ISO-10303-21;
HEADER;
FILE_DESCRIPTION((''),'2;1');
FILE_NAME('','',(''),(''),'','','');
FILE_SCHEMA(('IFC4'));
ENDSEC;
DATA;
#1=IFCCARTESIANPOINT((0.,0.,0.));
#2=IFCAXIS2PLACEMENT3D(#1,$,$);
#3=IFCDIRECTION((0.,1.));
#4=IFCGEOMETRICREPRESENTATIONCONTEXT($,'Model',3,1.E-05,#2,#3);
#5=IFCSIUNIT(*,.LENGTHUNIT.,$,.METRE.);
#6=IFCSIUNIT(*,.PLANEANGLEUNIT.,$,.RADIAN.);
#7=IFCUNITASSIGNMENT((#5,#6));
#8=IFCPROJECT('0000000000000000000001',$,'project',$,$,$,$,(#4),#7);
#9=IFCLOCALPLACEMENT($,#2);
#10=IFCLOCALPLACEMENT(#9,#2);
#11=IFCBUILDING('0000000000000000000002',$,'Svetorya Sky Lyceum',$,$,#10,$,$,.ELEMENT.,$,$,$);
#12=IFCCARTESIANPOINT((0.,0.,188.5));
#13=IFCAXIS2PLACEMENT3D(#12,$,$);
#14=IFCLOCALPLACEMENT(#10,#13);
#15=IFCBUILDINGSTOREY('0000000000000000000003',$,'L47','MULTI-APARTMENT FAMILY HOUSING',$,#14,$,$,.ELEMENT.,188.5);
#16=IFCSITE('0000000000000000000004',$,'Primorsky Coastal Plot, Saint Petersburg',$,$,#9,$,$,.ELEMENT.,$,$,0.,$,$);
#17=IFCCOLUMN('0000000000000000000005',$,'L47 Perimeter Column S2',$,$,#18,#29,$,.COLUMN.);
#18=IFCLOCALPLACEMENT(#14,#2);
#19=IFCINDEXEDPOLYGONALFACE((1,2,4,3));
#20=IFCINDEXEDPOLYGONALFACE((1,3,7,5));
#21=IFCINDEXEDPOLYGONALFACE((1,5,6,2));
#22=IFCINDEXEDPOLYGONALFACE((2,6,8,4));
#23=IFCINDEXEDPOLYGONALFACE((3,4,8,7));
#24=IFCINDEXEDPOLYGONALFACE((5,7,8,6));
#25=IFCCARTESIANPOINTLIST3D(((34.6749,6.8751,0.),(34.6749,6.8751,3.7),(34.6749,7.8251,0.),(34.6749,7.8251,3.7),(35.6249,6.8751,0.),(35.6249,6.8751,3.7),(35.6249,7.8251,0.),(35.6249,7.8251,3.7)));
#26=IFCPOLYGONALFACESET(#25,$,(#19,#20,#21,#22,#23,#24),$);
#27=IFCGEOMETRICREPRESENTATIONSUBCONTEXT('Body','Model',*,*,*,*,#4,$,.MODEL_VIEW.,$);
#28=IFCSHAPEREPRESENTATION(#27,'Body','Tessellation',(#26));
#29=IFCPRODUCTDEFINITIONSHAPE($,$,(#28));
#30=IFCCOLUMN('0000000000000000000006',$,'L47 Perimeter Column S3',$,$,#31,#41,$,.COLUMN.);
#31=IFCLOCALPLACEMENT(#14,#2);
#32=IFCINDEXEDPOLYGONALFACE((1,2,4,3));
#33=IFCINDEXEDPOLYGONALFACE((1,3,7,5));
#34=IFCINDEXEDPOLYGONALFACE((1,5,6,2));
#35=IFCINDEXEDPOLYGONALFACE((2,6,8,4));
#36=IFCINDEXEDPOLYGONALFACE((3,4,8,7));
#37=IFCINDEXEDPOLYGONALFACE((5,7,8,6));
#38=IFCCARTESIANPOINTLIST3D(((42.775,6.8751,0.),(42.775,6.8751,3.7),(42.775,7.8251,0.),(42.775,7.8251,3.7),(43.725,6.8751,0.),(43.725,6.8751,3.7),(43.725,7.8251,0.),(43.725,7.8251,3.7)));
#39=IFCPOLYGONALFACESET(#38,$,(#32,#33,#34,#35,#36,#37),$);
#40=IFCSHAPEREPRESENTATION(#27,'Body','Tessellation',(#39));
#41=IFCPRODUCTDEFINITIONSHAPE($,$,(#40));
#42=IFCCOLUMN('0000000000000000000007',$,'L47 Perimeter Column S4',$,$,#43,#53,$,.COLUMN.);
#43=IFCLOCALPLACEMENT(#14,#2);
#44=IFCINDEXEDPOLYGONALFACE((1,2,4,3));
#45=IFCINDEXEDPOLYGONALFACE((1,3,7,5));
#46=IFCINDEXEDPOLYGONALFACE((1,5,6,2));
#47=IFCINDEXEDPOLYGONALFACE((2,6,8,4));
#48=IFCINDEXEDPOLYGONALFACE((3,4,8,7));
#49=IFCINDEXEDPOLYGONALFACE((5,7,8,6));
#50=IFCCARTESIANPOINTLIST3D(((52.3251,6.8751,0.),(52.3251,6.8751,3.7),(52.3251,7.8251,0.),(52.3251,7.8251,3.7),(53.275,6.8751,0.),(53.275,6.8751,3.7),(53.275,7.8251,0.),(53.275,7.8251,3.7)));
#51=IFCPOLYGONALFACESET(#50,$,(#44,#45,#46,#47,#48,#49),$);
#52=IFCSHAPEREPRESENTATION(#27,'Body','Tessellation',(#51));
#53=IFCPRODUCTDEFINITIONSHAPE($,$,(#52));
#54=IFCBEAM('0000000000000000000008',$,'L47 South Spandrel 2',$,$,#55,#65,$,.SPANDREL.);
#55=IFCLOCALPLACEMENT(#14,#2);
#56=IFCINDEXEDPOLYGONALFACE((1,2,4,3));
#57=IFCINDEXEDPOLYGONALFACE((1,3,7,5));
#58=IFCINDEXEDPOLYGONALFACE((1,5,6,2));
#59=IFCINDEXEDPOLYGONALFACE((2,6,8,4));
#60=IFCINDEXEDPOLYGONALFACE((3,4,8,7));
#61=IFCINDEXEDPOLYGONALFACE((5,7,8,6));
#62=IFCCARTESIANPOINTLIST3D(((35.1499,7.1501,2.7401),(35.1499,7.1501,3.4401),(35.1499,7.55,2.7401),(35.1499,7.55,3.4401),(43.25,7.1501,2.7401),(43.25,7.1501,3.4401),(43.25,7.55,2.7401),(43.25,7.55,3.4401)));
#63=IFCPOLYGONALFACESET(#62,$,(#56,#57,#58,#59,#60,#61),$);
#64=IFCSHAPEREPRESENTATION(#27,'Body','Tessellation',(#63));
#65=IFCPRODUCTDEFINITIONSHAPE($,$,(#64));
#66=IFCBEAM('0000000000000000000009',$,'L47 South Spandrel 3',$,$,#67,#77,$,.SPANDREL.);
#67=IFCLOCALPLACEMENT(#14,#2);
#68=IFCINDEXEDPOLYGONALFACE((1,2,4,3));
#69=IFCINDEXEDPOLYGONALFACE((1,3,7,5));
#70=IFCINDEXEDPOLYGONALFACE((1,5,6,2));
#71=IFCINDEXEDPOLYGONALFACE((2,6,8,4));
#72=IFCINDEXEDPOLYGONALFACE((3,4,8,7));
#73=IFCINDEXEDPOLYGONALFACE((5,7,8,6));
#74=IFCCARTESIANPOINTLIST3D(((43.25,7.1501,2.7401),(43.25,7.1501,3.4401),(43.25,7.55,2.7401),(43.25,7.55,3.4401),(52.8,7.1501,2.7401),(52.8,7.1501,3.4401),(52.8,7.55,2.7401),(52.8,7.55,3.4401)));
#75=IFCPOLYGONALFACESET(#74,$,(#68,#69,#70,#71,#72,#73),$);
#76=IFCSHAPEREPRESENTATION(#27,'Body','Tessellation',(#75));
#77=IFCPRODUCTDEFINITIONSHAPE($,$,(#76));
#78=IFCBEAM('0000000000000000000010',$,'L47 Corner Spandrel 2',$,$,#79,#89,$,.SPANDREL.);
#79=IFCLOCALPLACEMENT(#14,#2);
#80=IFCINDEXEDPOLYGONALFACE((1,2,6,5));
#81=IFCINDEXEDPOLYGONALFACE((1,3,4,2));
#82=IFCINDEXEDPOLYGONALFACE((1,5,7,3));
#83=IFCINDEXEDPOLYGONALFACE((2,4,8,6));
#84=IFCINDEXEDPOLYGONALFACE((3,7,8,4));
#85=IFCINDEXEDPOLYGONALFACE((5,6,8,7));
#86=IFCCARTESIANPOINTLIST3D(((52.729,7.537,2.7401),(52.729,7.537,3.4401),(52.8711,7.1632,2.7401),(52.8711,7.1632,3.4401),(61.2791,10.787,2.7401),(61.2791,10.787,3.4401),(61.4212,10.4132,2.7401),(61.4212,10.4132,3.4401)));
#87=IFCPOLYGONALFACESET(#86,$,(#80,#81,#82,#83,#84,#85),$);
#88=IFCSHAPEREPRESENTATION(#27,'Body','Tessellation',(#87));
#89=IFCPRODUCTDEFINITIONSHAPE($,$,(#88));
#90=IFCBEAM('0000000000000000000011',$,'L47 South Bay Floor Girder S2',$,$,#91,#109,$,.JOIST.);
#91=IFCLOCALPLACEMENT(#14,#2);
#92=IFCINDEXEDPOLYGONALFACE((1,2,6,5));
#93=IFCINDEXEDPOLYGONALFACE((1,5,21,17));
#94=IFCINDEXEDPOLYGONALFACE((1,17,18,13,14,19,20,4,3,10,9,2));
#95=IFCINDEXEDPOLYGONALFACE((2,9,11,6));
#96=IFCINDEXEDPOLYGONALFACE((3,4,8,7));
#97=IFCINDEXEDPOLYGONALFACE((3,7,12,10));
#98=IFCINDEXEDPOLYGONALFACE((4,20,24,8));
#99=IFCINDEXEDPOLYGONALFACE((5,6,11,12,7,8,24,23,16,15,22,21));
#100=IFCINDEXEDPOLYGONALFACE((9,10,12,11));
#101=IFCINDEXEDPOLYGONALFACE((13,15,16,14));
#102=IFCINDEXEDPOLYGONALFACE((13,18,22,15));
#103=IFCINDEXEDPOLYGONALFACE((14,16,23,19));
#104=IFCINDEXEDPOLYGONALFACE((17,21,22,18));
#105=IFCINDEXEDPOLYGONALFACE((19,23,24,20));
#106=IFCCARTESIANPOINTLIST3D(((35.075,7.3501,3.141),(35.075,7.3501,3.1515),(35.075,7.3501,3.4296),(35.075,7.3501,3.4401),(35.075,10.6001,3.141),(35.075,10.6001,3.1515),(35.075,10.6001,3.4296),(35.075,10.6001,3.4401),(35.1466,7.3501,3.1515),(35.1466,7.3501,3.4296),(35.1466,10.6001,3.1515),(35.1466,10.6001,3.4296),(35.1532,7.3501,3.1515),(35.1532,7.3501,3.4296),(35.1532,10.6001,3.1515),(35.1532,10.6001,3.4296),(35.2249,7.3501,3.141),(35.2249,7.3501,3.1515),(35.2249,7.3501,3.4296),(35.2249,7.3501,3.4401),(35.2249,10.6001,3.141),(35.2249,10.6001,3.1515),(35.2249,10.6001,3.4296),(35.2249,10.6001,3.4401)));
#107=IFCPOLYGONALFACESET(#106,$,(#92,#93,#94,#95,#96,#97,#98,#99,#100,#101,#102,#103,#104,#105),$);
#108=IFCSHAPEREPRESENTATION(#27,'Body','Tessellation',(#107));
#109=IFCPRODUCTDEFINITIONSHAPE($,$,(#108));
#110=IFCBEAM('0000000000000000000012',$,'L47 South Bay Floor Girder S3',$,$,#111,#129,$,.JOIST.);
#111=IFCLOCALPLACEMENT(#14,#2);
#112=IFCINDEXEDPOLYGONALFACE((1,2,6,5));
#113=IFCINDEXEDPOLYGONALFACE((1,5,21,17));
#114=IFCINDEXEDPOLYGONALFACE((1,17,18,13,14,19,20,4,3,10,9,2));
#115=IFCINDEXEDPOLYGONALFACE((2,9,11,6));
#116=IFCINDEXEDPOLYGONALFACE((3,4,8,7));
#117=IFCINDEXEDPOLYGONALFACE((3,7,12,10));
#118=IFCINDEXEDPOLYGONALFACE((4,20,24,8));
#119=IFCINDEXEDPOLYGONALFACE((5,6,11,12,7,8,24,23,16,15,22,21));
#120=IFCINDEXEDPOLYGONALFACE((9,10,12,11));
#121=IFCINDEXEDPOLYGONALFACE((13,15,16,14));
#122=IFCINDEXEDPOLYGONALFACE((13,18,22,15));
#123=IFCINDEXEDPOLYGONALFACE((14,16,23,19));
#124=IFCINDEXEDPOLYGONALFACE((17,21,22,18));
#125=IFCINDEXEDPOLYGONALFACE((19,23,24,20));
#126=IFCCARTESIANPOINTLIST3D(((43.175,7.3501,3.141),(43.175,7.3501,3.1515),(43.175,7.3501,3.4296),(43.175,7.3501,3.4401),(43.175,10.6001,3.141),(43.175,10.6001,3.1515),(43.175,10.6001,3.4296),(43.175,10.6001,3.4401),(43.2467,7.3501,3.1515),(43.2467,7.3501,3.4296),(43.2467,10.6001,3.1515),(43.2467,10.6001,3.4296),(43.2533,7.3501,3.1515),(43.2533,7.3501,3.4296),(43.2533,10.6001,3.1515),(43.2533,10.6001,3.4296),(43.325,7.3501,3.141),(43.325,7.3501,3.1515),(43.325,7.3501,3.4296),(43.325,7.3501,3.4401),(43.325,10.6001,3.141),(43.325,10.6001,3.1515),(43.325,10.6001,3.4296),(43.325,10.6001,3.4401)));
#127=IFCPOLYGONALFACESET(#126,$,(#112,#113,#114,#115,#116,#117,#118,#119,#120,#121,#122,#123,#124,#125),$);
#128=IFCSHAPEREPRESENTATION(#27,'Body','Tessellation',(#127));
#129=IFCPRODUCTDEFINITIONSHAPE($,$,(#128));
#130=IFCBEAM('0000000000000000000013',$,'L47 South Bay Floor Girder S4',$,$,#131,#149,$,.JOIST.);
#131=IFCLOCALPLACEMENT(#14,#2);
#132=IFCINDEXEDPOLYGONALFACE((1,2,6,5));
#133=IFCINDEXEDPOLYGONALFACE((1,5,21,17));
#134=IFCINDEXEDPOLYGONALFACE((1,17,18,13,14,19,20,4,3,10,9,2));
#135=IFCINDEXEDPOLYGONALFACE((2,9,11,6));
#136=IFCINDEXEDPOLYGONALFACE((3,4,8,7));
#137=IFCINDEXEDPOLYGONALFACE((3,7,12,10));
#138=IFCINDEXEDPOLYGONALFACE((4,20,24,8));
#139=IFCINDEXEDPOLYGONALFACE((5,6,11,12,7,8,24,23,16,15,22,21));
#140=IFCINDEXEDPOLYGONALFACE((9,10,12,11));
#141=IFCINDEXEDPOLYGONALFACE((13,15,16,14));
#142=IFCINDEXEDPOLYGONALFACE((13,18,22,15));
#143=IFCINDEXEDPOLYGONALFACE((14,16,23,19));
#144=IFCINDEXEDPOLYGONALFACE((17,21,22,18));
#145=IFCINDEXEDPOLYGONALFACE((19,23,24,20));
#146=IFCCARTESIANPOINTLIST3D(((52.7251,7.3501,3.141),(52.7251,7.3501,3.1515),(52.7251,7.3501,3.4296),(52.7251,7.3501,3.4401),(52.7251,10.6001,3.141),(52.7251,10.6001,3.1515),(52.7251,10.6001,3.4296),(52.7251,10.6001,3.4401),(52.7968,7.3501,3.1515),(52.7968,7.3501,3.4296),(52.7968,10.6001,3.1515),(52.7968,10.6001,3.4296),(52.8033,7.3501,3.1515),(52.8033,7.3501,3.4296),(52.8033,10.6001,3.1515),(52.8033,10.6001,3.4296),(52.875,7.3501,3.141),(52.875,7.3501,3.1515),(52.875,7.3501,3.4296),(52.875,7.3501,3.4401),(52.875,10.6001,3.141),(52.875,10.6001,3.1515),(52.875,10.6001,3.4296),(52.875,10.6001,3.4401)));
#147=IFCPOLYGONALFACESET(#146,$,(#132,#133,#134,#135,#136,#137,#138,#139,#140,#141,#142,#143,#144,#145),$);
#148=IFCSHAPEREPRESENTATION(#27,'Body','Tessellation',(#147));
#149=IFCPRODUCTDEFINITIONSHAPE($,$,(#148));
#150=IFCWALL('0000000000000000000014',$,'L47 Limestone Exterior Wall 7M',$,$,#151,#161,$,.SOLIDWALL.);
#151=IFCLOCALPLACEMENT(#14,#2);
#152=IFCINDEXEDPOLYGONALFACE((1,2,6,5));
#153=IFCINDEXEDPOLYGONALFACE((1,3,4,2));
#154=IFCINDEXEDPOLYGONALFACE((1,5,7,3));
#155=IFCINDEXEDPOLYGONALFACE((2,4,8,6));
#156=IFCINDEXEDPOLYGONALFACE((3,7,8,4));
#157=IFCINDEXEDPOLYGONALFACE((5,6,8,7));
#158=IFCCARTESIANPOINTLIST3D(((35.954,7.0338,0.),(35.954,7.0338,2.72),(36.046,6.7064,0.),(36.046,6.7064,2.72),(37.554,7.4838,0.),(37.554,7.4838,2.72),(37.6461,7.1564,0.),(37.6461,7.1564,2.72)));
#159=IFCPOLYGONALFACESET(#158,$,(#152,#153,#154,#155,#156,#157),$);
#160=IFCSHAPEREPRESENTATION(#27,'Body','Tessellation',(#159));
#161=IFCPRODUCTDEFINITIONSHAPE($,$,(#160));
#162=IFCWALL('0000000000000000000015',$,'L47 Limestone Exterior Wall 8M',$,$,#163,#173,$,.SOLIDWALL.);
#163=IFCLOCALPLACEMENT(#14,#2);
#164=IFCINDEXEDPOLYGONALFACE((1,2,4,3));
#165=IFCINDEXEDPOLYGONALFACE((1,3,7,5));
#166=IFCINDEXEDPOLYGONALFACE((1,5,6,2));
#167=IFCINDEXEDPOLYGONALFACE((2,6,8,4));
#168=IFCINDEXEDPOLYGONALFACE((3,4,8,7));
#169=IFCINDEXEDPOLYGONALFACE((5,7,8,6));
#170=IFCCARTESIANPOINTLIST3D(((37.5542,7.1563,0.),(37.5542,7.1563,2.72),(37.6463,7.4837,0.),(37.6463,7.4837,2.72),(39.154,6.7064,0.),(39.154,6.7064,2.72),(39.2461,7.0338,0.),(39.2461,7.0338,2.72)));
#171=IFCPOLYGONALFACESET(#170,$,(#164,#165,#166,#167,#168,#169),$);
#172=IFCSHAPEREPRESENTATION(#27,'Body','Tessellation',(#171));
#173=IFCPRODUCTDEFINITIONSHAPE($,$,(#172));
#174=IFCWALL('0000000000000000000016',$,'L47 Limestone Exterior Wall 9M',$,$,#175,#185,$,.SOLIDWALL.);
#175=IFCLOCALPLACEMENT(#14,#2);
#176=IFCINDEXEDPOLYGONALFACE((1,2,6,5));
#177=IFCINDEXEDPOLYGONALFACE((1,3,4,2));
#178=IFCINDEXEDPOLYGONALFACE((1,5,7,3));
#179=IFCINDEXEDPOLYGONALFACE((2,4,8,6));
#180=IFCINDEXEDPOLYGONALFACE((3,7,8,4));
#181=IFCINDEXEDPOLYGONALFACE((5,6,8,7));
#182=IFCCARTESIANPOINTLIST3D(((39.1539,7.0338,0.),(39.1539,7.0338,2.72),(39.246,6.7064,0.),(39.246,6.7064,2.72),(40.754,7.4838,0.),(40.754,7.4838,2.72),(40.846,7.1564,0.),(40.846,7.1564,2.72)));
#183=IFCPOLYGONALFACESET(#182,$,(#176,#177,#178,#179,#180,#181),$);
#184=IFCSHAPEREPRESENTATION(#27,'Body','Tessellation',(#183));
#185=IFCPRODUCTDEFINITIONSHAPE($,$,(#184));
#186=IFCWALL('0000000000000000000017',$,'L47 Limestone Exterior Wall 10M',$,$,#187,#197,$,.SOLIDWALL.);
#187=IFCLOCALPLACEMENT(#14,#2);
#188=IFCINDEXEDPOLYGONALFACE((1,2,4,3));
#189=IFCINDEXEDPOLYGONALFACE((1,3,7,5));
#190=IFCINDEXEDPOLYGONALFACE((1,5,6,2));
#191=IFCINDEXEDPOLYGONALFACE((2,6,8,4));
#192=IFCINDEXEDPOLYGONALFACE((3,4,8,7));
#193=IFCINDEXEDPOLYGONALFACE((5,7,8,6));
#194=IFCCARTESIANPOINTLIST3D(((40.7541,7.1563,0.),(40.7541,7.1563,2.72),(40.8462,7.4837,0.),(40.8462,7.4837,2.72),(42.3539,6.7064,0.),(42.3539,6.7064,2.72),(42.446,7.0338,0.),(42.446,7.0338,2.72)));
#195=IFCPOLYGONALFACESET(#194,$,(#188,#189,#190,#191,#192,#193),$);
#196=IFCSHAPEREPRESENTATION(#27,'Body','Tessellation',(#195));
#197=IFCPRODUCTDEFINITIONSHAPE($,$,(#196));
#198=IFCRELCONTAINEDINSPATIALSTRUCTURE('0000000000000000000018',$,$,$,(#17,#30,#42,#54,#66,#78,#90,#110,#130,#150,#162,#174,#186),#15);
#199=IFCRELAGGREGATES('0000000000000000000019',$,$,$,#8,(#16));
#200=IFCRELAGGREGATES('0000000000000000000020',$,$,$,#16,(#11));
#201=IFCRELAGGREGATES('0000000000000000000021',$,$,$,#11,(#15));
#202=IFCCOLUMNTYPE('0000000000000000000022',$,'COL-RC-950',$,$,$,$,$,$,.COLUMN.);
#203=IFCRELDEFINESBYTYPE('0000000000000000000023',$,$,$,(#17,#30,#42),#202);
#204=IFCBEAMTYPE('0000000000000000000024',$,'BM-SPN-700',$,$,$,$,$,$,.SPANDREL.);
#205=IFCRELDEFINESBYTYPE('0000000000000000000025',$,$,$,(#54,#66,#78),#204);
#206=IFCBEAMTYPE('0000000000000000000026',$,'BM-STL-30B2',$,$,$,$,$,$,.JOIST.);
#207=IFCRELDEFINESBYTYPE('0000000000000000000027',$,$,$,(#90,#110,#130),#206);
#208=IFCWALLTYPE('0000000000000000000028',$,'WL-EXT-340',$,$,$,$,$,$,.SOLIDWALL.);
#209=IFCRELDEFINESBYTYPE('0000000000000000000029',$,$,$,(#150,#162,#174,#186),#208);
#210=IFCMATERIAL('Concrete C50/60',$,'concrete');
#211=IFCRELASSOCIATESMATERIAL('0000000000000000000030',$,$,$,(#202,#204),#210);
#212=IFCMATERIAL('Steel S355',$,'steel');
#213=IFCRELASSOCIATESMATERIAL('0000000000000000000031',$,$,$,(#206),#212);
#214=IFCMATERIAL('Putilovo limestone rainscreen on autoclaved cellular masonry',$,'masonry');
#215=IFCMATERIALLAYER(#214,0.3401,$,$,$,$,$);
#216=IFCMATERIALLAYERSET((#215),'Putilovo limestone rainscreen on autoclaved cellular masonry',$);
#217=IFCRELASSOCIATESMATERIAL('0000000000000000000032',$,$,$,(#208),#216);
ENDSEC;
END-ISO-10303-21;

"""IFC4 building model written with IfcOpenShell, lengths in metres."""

from ifc_helpers import new_model, si_unit, direction, frame, frame_2d, origin, origin_2d, place, context, subcontext, project, spatial, rectangle, i_section, extrude, material, layer, layer_set, material_profile, profile_set, type_object, element, save


model = new_model("IFC4")

# Units and contexts
model_context = context("Model", 3, precision=1e-05, world=origin(), true_north=direction((0.0, 1.0)))
body_context = subcontext(model_context, "Body", "Model", "MODEL_VIEW")
ifc_project = project(units=[si_unit("LENGTHUNIT", "METRE"), si_unit("PLANEANGLEUNIT", "RADIAN")], contexts=[model_context])

# Site, building, storey
site_placement = place(None, origin())
site = spatial("IfcSite", under=ifc_project, at=site_placement, Name="Primorsky Coastal Plot, Saint Petersburg", CompositionType="ELEMENT", RefElevation=0.0)
building_placement = place(site_placement, origin())
building = spatial("IfcBuilding", under=site, at=building_placement, Name="Svetorya Sky Lyceum", CompositionType="ELEMENT")
storey_placement = place(building_placement, frame((0.0, 0.0, 188.5)))
storey = spatial("IfcBuildingStorey", under=building, at=storey_placement, Name="L47", Description="MULTI-APARTMENT FAMILY HOUSING", CompositionType="ELEMENT", Elevation=188.5)

# Columns
ifc_material_1 = material(Name="Concrete C50/60", Category="concrete")
ifc_material_profile_1 = material_profile(ifc_material_1, rectangle(XDim=0.95, YDim=0.95, at=origin_2d()), Name="RC COL 950x950")
ifc_profile_set_1 = profile_set([ifc_material_profile_1], Name="Concrete C50/60")
column_type = type_object("IfcColumnType", Name="COL-RC-950", PredefinedType="COLUMN", material=ifc_profile_set_1)
for number, where, z_axis, x_axis, name in (
    (1, (35.1499, 7.3501, 0.0), (0.0, 0.0, 1.0), (1.0, 0.0, 0.0), "L47 Perimeter Column S2"),
    (2, (43.25, 7.3501, 0.0), (0.0, 0.0, 1.0), (1.0, 0.0, 0.0), "L47 Perimeter Column S3"),
    (3, (52.8, 7.3501, 0.0), (0.0, 0.0, 1.0), (1.0, 0.0, 0.0), "L47 Perimeter Column S4"),
):
    element("IfcColumn", number, at=place(storey_placement, frame(where, z_axis=z_axis, x_axis=x_axis)), inside=storey, type_object=column_type, Name=name, PredefinedType="COLUMN", context=body_context, shape_type="SweptSolid", body=[
        extrude(rectangle(XDim=0.95, YDim=0.95, at=origin_2d()), origin(), (0.0, 0.0, 1.0), 3.7),
    ])

# Beams
ifc_material_profile_2 = material_profile(ifc_material_1, rectangle(XDim=0.3999, YDim=0.7, at=origin_2d()), Name="RC SPANDREL 400x700")
ifc_profile_set_2 = profile_set([ifc_material_profile_2], Name="Concrete C50/60")
beam_type_1 = type_object("IfcBeamType", Name="BM-SPN-700", PredefinedType="SPANDREL", material=ifc_profile_set_2)
beam_1_placement = place(storey_placement, frame((35.1499, 7.3501, 3.0901), z_axis=(1.0, 0.0, 0.0), x_axis=(0.0, 1.0, 0.0)))
element("IfcBeam", 4, at=beam_1_placement, inside=storey, type_object=beam_type_1, Name="L47 South Spandrel 2", PredefinedType="SPANDREL", context=body_context, shape_type="SweptSolid", body=[
    extrude(rectangle(XDim=0.3999, YDim=0.7, at=origin_2d()), origin(), (0.0, 0.0, 1.0), 8.1001),
])
beam_2_placement = place(storey_placement, frame((43.25, 7.3501, 3.0901), z_axis=(1.0, 0.0, 0.0), x_axis=(0.0, 1.0, 0.0)))
element("IfcBeam", 5, at=beam_2_placement, inside=storey, type_object=beam_type_1, Name="L47 South Spandrel 3", PredefinedType="SPANDREL", context=body_context, shape_type="SweptSolid", body=[
    extrude(rectangle(XDim=0.3999, YDim=0.7, at=origin_2d()), origin(), (0.0, 0.0, 1.0), 9.55),
])
beam_3_placement = place(storey_placement, frame((52.8, 7.3501, 3.0901), z_axis=(0.934748, 0.355312, 0.0), x_axis=(-0.355312, 0.934748, 0.0)))
element("IfcBeam", 6, at=beam_3_placement, inside=storey, type_object=beam_type_1, Name="L47 Corner Spandrel 2", PredefinedType="SPANDREL", context=body_context, shape_type="SweptSolid", body=[
    extrude(rectangle(XDim=0.3999, YDim=0.7, at=origin_2d()), origin(), (0.0, 0.0, 1.0), 9.147),
])
ifc_material_2 = material(Name="Steel S355", Category="steel")
ifc_material_profile_3 = material_profile(ifc_material_2, i_section(OverallWidth=0.1499, OverallDepth=0.2991, WebThickness=0.0066, FlangeThickness=0.0105, at=origin_2d()), Name="GOST 30B2")
ifc_profile_set_3 = profile_set([ifc_material_profile_3], Name="Steel S355")
beam_type_2 = type_object("IfcBeamType", Name="BM-STL-30B2", PredefinedType="JOIST", material=ifc_profile_set_3)
for number, where, z_axis, x_axis, name in (
    (7, (35.1499, 7.3501, 3.2905), (0.0, 1.0, 0.0), (-1.0, 0.0, 0.0), "L47 South Bay Floor Girder S2"),
    (8, (43.25, 7.3501, 3.2905), (0.0, 1.0, 0.0), (-1.0, 0.0, 0.0), "L47 South Bay Floor Girder S3"),
    (9, (52.8, 7.3501, 3.2905), (0.0, 1.0, 0.0), (-1.0, 0.0, 0.0), "L47 South Bay Floor Girder S4"),
):
    element("IfcBeam", number, at=place(storey_placement, frame(where, z_axis=z_axis, x_axis=x_axis)), inside=storey, type_object=beam_type_2, Name=name, PredefinedType="JOIST", context=body_context, shape_type="SweptSolid", body=[
        extrude(i_section(OverallWidth=0.1499, OverallDepth=0.2991, WebThickness=0.0066, FlangeThickness=0.0105, at=origin_2d()), origin(), (0.0, 0.0, 1.0), 3.25),
    ])

# Walls
ifc_material_3 = material(Name="Putilovo limestone rainscreen on autoclaved cellular masonry", Category="masonry")
ifc_layer_1 = layer(ifc_material_3, 0.3401)
ifc_layer_set_1 = layer_set([ifc_layer_1], Name="Putilovo limestone rainscreen on autoclaved cellular masonry")
wall_type_1 = type_object("IfcWallType", Name="WL-EXT-340", PredefinedType="SOLIDWALL", material=ifc_layer_set_1)
wall_1_placement = place(storey_placement, frame((36.0, 6.8701, 0.0), z_axis=(0.0, 0.0, 1.0), x_axis=(0.962663, 0.270703, 0.0)))
element("IfcWall", 10, at=wall_1_placement, inside=storey, type_object=wall_type_1, Name="L47 Limestone Exterior Wall 7M", PredefinedType="SOLIDWALL", context=body_context, shape_type="SweptSolid", body=[
    extrude(rectangle(XDim=1.6621, YDim=0.3401, at=frame_2d((0.8311, 0.0))), origin(), (0.0, 0.0, 1.0), 2.72),
])
wall_2_placement = place(storey_placement, frame((37.6001, 7.3201, 0.0), z_axis=(0.0, 0.0, 1.0), x_axis=(0.962652, -0.270741, 0.0)))
element("IfcWall", 11, at=wall_2_placement, inside=storey, type_object=wall_type_1, Name="L47 Limestone Exterior Wall 8M", PredefinedType="SOLIDWALL", context=body_context, shape_type="SweptSolid", body=[
    extrude(rectangle(XDim=1.6619, YDim=0.3401, at=frame_2d((0.8311, 0.0))), origin(), (0.0, 0.0, 1.0), 2.72),
])
wall_3_placement = place(storey_placement, frame((39.2, 6.8701, 0.0), z_axis=(0.0, 0.0, 1.0), x_axis=(0.962663, 0.270703, 0.0)))
element("IfcWall", 12, at=wall_3_placement, inside=storey, type_object=wall_type_1, Name="L47 Limestone Exterior Wall 9M", PredefinedType="SOLIDWALL", context=body_context, shape_type="SweptSolid", body=[
    extrude(rectangle(XDim=1.6621, YDim=0.3401, at=frame_2d((0.8311, 0.0))), origin(), (0.0, 0.0, 1.0), 2.72),
])
wall_4_placement = place(storey_placement, frame((40.8, 7.3201, 0.0), z_axis=(0.0, 0.0, 1.0), x_axis=(0.962652, -0.270741, 0.0)))
element("IfcWall", 13, at=wall_4_placement, inside=storey, type_object=wall_type_1, Name="L47 Limestone Exterior Wall 10M", PredefinedType="SOLIDWALL", context=body_context, shape_type="SweptSolid", body=[
    extrude(rectangle(XDim=1.6619, YDim=0.3401, at=frame_2d((0.8311, 0.0))), origin(), (0.0, 0.0, 1.0), 2.72),
])

save(model, "model.ifc")
